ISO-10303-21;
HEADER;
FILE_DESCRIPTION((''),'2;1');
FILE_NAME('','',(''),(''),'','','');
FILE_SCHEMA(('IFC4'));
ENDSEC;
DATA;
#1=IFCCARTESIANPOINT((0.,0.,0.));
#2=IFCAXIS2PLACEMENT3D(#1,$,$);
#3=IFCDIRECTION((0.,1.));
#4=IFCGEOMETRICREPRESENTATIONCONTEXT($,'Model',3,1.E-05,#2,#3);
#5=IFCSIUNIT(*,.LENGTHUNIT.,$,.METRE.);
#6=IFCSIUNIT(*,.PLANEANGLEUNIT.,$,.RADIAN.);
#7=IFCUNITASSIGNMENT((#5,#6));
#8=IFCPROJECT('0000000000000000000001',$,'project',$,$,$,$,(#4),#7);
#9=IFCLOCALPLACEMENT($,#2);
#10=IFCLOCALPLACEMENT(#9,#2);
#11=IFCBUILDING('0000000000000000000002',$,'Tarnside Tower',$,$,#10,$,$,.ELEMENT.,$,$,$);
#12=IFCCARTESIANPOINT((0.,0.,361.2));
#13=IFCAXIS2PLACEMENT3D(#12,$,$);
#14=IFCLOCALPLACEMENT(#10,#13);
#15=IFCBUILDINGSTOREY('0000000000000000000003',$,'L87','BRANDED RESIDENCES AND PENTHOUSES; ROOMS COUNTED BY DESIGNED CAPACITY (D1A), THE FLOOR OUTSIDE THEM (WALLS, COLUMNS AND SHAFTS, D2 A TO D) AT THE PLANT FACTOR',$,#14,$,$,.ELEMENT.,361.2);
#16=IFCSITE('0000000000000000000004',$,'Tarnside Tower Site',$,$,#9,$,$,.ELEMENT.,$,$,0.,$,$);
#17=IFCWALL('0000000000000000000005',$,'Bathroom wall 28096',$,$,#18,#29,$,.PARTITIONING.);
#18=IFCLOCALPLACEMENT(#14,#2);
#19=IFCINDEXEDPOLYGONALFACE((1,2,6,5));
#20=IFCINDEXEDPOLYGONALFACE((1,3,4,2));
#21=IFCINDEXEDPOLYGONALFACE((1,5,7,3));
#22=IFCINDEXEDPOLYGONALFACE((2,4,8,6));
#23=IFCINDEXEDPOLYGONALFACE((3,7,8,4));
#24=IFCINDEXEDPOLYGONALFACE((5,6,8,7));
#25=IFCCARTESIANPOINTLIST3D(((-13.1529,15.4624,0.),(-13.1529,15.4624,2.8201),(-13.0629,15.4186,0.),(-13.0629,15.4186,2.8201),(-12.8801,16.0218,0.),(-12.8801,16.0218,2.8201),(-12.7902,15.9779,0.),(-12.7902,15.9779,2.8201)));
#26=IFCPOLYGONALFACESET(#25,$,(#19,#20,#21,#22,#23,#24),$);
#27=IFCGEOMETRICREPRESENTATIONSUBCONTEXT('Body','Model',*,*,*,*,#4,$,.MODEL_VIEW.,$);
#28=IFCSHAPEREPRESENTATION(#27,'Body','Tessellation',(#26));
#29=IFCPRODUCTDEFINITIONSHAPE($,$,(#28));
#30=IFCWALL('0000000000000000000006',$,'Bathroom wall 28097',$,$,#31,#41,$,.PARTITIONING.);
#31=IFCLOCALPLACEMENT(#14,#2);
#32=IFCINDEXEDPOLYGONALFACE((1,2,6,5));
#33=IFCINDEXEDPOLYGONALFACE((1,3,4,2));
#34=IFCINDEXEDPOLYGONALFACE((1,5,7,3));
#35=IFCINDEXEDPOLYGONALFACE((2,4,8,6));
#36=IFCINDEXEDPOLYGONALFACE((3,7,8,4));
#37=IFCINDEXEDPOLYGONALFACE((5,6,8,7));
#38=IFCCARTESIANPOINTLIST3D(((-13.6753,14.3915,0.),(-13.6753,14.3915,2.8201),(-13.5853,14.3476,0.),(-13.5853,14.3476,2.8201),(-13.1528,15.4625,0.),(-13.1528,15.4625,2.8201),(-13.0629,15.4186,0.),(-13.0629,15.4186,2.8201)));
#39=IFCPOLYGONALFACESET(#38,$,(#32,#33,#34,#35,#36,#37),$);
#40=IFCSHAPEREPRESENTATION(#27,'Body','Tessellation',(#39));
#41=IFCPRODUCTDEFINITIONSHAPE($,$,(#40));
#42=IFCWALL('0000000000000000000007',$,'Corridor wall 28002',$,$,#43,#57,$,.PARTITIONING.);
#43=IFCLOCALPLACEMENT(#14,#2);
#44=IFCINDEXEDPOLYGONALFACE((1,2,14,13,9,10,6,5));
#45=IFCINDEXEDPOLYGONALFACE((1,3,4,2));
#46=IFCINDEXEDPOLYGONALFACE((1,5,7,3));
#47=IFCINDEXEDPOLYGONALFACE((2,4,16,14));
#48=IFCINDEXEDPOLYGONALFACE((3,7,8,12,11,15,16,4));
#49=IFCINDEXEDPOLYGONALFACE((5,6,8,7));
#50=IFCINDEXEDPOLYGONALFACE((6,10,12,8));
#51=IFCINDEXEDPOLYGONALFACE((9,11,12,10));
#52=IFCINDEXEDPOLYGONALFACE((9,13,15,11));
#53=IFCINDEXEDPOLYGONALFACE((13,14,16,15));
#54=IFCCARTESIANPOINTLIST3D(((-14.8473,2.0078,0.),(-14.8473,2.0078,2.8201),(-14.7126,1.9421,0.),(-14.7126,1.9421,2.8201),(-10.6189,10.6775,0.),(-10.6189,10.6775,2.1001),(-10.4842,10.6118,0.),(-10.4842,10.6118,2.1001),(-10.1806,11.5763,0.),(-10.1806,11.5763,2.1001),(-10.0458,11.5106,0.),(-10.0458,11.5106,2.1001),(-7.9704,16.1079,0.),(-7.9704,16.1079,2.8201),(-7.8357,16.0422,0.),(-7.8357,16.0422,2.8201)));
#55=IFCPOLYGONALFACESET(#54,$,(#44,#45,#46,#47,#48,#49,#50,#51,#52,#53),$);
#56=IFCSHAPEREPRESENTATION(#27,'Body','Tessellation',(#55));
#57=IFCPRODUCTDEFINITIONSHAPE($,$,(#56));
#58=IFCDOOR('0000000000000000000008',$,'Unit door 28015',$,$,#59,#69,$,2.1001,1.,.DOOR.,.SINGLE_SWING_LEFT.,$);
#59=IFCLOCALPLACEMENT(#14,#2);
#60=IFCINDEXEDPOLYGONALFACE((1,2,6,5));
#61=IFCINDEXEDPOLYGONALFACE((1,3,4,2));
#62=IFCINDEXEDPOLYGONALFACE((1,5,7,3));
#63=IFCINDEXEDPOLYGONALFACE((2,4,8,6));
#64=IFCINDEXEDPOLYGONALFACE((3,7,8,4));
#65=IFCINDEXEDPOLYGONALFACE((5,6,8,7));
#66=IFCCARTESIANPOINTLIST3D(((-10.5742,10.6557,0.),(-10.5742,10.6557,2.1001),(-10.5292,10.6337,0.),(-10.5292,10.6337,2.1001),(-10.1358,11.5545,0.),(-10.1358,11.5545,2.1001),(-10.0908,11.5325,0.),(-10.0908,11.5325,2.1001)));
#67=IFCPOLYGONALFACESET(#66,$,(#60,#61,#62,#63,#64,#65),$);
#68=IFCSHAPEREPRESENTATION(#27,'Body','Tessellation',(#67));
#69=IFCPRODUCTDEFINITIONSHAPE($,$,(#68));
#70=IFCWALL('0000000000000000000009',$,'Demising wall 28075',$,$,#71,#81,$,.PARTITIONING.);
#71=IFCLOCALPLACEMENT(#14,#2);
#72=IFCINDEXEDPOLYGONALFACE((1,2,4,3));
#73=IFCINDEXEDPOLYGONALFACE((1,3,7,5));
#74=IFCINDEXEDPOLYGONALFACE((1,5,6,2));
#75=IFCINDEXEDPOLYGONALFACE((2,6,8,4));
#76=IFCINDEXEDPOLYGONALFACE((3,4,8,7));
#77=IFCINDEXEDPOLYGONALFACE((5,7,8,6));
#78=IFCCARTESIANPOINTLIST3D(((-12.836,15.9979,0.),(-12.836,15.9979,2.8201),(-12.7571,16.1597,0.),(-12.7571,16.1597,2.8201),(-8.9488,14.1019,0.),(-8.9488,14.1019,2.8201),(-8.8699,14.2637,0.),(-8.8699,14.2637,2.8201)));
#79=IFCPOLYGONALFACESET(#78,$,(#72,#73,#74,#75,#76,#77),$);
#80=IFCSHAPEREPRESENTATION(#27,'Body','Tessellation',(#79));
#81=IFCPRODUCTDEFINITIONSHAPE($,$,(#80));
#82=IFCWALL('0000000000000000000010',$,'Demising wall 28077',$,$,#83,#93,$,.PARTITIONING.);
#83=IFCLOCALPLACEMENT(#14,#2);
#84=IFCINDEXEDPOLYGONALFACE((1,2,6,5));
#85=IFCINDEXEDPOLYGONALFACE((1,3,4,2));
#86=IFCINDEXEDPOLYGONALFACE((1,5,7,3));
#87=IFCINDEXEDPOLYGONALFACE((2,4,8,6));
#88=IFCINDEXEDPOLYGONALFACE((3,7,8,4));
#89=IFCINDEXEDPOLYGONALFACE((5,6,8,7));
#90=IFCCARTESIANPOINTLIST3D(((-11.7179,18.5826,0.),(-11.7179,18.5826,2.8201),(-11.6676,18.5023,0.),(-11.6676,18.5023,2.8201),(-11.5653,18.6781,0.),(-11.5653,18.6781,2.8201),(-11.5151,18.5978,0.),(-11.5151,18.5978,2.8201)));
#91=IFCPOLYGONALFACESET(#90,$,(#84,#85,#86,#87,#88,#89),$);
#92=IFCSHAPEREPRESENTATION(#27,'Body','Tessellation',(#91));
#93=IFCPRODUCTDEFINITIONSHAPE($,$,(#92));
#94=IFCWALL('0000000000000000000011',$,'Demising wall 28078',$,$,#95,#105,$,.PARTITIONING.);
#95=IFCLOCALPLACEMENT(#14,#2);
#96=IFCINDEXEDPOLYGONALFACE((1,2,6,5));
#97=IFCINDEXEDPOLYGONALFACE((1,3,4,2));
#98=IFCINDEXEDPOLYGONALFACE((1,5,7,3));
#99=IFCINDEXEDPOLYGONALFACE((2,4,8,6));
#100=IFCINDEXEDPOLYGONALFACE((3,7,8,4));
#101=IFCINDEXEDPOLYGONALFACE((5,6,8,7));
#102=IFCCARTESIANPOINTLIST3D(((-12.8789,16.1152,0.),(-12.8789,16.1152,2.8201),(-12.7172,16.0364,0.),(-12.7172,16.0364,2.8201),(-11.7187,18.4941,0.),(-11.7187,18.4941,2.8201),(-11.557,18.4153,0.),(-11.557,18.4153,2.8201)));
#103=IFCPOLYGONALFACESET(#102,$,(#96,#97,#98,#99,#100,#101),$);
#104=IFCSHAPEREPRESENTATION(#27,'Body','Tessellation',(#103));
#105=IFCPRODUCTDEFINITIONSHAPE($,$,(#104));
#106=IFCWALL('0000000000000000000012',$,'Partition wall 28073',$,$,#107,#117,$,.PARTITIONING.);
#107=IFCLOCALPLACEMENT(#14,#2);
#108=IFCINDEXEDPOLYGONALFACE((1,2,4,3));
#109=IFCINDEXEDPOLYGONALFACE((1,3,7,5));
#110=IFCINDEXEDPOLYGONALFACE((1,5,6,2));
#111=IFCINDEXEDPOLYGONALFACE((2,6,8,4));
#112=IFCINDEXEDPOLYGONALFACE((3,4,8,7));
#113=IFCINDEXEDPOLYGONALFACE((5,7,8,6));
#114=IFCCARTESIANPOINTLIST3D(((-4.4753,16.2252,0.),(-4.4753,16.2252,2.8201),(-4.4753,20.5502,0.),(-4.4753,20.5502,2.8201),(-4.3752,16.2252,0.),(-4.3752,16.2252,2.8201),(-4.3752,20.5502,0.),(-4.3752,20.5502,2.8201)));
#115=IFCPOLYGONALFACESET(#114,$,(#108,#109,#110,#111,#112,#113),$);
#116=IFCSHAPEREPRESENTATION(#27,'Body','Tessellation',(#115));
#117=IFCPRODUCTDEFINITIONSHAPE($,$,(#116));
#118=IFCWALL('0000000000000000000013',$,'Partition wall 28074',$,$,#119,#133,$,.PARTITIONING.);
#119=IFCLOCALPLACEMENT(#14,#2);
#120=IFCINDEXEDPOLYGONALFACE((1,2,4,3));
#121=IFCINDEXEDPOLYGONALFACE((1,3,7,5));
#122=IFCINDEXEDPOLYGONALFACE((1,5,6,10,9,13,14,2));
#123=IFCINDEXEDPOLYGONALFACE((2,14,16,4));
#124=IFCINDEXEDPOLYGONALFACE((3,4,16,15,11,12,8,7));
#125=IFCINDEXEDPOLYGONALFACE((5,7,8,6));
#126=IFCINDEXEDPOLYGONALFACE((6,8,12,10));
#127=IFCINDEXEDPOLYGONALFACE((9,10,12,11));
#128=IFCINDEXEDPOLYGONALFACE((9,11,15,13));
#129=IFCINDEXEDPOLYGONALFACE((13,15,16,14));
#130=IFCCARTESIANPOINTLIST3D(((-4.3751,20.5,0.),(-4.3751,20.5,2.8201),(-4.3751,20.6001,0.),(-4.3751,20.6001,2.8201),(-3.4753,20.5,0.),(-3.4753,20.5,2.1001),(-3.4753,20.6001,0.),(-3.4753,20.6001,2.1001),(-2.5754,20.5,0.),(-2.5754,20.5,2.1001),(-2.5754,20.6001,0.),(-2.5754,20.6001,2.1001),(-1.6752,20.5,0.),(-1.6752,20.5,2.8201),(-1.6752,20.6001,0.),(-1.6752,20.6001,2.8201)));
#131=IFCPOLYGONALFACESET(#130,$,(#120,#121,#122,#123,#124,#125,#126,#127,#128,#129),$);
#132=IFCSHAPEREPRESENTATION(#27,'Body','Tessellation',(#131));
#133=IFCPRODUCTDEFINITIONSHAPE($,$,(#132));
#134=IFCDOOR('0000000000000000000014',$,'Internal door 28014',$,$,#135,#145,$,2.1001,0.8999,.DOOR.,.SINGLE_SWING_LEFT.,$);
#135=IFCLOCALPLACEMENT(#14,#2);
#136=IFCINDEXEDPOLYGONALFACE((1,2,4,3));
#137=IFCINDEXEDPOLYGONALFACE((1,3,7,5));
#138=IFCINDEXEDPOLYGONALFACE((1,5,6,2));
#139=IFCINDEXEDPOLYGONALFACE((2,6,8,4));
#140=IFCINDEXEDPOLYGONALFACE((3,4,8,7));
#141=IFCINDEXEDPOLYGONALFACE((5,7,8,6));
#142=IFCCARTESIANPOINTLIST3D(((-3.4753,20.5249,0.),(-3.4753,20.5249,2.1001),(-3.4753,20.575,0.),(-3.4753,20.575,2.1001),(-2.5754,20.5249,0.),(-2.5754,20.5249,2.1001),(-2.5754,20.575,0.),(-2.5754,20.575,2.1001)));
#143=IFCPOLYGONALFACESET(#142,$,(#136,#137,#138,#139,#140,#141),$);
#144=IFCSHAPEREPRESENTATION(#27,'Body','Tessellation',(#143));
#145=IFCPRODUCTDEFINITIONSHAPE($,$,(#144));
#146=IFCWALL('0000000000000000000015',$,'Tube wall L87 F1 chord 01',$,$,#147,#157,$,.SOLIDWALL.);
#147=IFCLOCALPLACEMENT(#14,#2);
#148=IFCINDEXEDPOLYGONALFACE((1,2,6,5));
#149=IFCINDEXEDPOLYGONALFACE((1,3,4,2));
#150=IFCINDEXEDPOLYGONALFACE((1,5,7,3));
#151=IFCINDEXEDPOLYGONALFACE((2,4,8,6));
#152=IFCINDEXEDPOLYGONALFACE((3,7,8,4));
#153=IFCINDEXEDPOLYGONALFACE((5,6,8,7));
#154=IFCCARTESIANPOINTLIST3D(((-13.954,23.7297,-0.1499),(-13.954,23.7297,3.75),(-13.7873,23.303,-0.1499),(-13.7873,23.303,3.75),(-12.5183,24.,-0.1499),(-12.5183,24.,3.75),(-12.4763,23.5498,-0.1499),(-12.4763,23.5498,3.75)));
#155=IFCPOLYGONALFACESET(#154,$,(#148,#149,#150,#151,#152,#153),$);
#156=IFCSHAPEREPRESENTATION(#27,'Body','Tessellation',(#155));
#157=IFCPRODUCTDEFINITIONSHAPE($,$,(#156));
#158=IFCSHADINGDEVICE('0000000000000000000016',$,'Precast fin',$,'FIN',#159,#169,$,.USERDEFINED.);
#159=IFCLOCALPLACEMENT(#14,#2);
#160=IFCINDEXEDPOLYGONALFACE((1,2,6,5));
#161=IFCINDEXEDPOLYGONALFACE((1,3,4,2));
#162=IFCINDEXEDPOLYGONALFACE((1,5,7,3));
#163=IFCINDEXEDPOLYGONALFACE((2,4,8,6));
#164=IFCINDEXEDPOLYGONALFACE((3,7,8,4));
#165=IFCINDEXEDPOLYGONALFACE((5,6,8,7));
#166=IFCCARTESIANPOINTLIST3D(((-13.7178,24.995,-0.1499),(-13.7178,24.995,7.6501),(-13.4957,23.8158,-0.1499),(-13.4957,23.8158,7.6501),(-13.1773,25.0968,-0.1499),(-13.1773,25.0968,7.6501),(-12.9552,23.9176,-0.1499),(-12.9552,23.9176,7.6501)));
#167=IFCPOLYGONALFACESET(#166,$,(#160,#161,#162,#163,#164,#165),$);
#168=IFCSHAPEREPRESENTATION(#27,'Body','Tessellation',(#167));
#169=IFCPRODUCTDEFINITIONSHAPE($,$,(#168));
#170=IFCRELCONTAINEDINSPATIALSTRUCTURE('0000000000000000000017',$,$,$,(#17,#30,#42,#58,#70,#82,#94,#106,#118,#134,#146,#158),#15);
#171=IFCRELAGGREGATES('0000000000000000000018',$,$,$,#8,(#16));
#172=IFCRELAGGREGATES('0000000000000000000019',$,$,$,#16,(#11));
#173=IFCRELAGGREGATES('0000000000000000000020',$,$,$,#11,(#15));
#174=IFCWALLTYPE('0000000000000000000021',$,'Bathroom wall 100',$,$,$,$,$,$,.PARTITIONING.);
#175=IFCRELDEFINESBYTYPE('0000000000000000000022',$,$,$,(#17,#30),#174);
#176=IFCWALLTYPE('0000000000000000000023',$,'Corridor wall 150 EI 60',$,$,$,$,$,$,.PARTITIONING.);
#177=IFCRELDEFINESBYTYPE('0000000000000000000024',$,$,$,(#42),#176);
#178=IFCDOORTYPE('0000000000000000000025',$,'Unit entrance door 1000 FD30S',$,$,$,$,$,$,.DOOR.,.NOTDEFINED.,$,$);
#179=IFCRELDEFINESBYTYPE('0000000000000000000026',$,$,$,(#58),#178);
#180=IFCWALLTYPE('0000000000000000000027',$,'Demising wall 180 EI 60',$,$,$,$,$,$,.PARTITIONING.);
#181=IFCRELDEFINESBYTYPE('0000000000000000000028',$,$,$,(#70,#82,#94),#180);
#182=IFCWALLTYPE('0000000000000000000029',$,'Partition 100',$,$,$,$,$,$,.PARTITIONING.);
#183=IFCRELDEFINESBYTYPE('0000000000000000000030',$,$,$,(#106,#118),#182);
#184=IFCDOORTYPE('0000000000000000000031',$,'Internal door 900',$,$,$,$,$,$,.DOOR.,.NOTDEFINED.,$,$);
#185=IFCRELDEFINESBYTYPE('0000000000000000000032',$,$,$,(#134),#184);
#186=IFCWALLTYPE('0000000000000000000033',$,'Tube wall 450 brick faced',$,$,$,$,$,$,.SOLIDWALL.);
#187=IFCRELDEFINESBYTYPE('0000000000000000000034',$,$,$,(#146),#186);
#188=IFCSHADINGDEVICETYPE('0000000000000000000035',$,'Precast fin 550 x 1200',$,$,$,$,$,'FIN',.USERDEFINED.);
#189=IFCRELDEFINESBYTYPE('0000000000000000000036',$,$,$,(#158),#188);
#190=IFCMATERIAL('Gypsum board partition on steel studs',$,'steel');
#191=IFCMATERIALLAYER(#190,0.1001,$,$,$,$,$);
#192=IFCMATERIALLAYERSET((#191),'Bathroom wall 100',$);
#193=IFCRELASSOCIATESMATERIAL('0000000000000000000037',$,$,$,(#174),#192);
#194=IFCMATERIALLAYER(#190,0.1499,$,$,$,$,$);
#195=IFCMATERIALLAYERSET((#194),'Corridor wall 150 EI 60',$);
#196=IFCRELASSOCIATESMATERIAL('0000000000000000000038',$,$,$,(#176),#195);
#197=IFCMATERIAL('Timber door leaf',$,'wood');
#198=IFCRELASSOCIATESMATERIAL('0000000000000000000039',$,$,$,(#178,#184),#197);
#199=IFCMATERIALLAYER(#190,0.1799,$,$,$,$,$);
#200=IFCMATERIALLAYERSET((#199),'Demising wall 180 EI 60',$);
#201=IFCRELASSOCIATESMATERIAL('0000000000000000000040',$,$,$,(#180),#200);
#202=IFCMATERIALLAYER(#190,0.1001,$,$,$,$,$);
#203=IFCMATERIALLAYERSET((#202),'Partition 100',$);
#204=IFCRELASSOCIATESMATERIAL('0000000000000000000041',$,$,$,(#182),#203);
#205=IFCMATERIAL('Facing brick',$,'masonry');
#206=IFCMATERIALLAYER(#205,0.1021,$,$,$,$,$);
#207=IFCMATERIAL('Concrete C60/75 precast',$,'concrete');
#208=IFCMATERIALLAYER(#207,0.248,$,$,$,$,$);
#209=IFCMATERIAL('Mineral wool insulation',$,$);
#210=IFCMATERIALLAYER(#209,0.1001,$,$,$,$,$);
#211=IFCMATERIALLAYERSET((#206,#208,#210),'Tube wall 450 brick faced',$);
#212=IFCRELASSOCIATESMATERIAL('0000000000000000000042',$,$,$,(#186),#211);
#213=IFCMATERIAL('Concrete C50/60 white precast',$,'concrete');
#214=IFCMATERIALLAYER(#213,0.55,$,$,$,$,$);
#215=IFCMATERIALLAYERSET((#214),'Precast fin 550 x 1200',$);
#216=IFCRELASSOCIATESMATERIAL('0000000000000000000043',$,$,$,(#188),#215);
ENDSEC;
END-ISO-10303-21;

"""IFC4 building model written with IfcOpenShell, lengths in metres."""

from ifc_helpers import new_model, si_unit, direction, frame, frame_2d, origin, place, context, subcontext, project, spatial, polyline, rectangle, outline, extrude, material, layer, layer_set, type_object, element, fill, save


model = new_model("IFC4")

# Units and contexts
model_context = context("Model", 3, precision=1e-05, world=origin(), true_north=direction((0.0, 1.0)))
body_context = subcontext(model_context, "Body", "Model", "MODEL_VIEW")
ifc_project = project(units=[si_unit("LENGTHUNIT", "METRE"), si_unit("PLANEANGLEUNIT", "RADIAN")], contexts=[model_context])

# Site, building, storey
site_placement = place(None, origin())
site = spatial("IfcSite", under=ifc_project, at=site_placement, Name="Tarnside Tower Site", CompositionType="ELEMENT", RefElevation=0.0)
building_placement = place(site_placement, origin())
building = spatial("IfcBuilding", under=site, at=building_placement, Name="Tarnside Tower", CompositionType="ELEMENT")
storey_placement = place(building_placement, frame((0.0, 0.0, 361.2)))
storey = spatial("IfcBuildingStorey", under=building, at=storey_placement, Name="L87", Description="BRANDED RESIDENCES AND PENTHOUSES; ROOMS COUNTED BY DESIGNED CAPACITY (D1A), THE FLOOR OUTSIDE THEM (WALLS, COLUMNS AND SHAFTS, D2 A TO D) AT THE PLANT FACTOR", CompositionType="ELEMENT", Elevation=361.2)

# Walls
ifc_material_1 = material(Name="Gypsum board partition on steel studs", Category="steel")
ifc_layer_1 = layer(ifc_material_1, 0.1001)
ifc_layer_set_1 = layer_set([ifc_layer_1], Name="Bathroom wall 100")
wall_type_1 = type_object("IfcWallType", Name="Bathroom wall 100", PredefinedType="PARTITIONING", material=ifc_layer_set_1)
wall_1_placement = place(storey_placement, frame((-12.8352, 15.9998, 0.0), z_axis=(0.0, 0.0, 1.0), x_axis=(-0.438246, -0.898855, 0.0)))
element("IfcWall", 1, at=wall_1_placement, inside=storey, type_object=wall_type_1, Name="Bathroom wall 28096", PredefinedType="PARTITIONING", context=body_context, shape_type="SweptSolid", body=[
    extrude(rectangle(XDim=0.6223, YDim=0.1001, at=frame_2d((0.311, 0.0))), origin(), (0.0, 0.0, 1.0), 2.8201),
])
wall_2_placement = place(storey_placement, frame((-13.1079, 15.4404, 0.0), z_axis=(0.0, 0.0, 1.0), x_axis=(-0.438424, -0.898768, 0.0)))
element("IfcWall", 2, at=wall_2_placement, inside=storey, type_object=wall_type_1, Name="Bathroom wall 28097", PredefinedType="PARTITIONING", context=body_context, shape_type="SweptSolid", body=[
    extrude(rectangle(XDim=1.1917, YDim=0.1001, at=frame_2d((0.5957, 0.0))), origin(), (0.0, 0.0, 1.0), 2.8201),
])

# Wall, opening, door
ifc_layer_2 = layer(ifc_material_1, 0.1499)
ifc_layer_set_2 = layer_set([ifc_layer_2], Name="Corridor wall 150 EI 60")
wall_type_2 = type_object("IfcWallType", Name="Corridor wall 150 EI 60", PredefinedType="PARTITIONING", material=ifc_layer_set_2)
wall_3_placement = place(storey_placement, frame((-7.9031, 16.075, 0.0), z_axis=(0.0, 0.0, 1.0), x_axis=(-0.438365, -0.898797, 0.0)))
wall_3 = element("IfcWall", 3, at=wall_3_placement, inside=storey, type_object=wall_type_2, Name="Corridor wall 28002", PredefinedType="PARTITIONING", context=body_context, shape_type="SweptSolid", body=[
    extrude(rectangle(XDim=15.6877, YDim=0.1499, at=frame_2d((7.8438, 0.0))), origin(), (0.0, 0.0, 1.0), 2.8201),
])
opening_1_placement = place(wall_3_placement, frame((5.0417, 0.0, 0.0)))
opening_1 = element("IfcOpeningElement", 4, at=opening_1_placement, cuts=wall_3, PredefinedType="OPENING", context=body_context, shape_type="SweptSolid", body=[
    extrude(rectangle(XDim=1.0, YDim=2.1001, at=frame_2d((0.5, 1.05))), frame((0.0, 0.085, 0.0), z_axis=(0.0, -1.0, 0.0), x_axis=(1.0, 0.0, 0.0)), (0.0, 0.0, 1.0), 0.1699),
])
ifc_material_2 = material(Name="Timber door leaf", Category="wood")
door_type_1 = type_object("IfcDoorType", Name="Unit entrance door 1000 FD30S", OperationType="NOTDEFINED", PredefinedType="DOOR", material=ifc_material_2)
door_1_placement = place(opening_1_placement, origin())
door_1 = element("IfcDoor", 5, at=door_1_placement, inside=storey, type_object=door_type_1, Name="Unit door 28015", OperationType="SINGLE_SWING_LEFT", OverallHeight=2.1001, OverallWidth=1.0, PredefinedType="DOOR", context=body_context, shape_type="SweptSolid", body=[
    extrude(rectangle(XDim=1.0, YDim=2.1001, at=frame_2d((0.5, 1.05))), frame((0.0, 0.0249, 0.0), z_axis=(0.0, -1.0, 0.0), x_axis=(1.0, 0.0, 0.0)), (0.0, 0.0, 1.0), 0.05),
])
fill(opening_1, door_1)

# Walls
ifc_layer_3 = layer(ifc_material_1, 0.1799)
ifc_layer_set_3 = layer_set([ifc_layer_3], Name="Demising wall 180 EI 60")
wall_type_3 = type_object("IfcWallType", Name="Demising wall 180 EI 60", PredefinedType="PARTITIONING", material=ifc_layer_set_3)
wall_4_placement = place(storey_placement, frame((-12.7966, 16.0789, 0.0), z_axis=(0.0, 0.0, 1.0), x_axis=(0.898787, -0.438386, 0.0)))
element("IfcWall", 6, at=wall_4_placement, inside=storey, type_object=wall_type_3, Name="Demising wall 28075", PredefinedType="PARTITIONING", context=body_context, shape_type="SweptSolid", body=[
    extrude(rectangle(XDim=4.325, YDim=0.1799, at=frame_2d((2.1626, 0.0))), origin(), (0.0, 0.0, 1.0), 2.8201),
])
wall_5_placement = place(storey_placement, frame((-11.6416, 18.6304, 0.0), z_axis=(0.0, 0.0, 1.0), x_axis=(0.530693, -0.847564, 0.0)))
element("IfcWall", 7, at=wall_5_placement, inside=storey, type_object=wall_type_3, Name="Demising wall 28077", PredefinedType="PARTITIONING", context=body_context, shape_type="SweptSolid", body=[
    extrude(rectangle(XDim=0.0947, YDim=0.1799, at=frame_2d((0.0474, 0.0))), origin(), (0.0, 0.0, 1.0), 2.8201),
])
wall_6_placement = place(storey_placement, frame((-11.6379, 18.4546, 0.0), z_axis=(0.0, 0.0, 1.0), x_axis=(-0.438336, -0.898811, 0.0)))
element("IfcWall", 8, at=wall_6_placement, inside=storey, type_object=wall_type_3, Name="Demising wall 28078", PredefinedType="PARTITIONING", context=body_context, shape_type="SweptSolid", body=[
    extrude(rectangle(XDim=2.6467, YDim=0.1799, at=frame_2d((1.3232, 0.0))), origin(), (0.0, 0.0, 1.0), 2.8201),
])
ifc_layer_4 = layer(ifc_material_1, 0.1001)
ifc_layer_set_4 = layer_set([ifc_layer_4], Name="Partition 100")
wall_type_4 = type_object("IfcWallType", Name="Partition 100", PredefinedType="PARTITIONING", material=ifc_layer_set_4)
wall_7_placement = place(storey_placement, frame((-4.4253, 16.2251, 0.0), z_axis=(0.0, 0.0, 1.0), x_axis=(0.0, 1.0, 0.0)))
element("IfcWall", 9, at=wall_7_placement, inside=storey, type_object=wall_type_4, Name="Partition wall 28073", PredefinedType="PARTITIONING", context=body_context, shape_type="SweptSolid", body=[
    extrude(rectangle(XDim=4.325, YDim=0.1001, at=frame_2d((2.1626, 0.0))), origin(), (0.0, 0.0, 1.0), 2.8201),
])

# Wall, opening, door
wall_8_placement = place(storey_placement, frame((-4.3752, 20.55, 0.0), z_axis=(0.0, 0.0, 1.0), x_axis=(1.0, 0.0, 0.0)))
wall_8 = element("IfcWall", 10, at=wall_8_placement, inside=storey, type_object=wall_type_4, Name="Partition wall 28074", PredefinedType="PARTITIONING", context=body_context, shape_type="SweptSolid", body=[
    extrude(rectangle(XDim=2.7, YDim=0.1001, at=frame_2d((1.3501, 0.0))), origin(), (0.0, 0.0, 1.0), 2.8201),
])
opening_2_placement = place(wall_8_placement, frame((0.8999, 0.0, 0.0)))
opening_2 = element("IfcOpeningElement", 11, at=opening_2_placement, cuts=wall_8, PredefinedType="OPENING", context=body_context, shape_type="SweptSolid", body=[
    extrude(rectangle(XDim=0.8999, YDim=2.1001, at=frame_2d((0.45, 1.05))), frame((0.0, 0.0601, 0.0), z_axis=(0.0, -1.0, 0.0), x_axis=(1.0, 0.0, 0.0)), (0.0, 0.0, 1.0), 0.1201),
])
door_type_2 = type_object("IfcDoorType", Name="Internal door 900", OperationType="NOTDEFINED", PredefinedType="DOOR", material=ifc_material_2)
door_2_placement = place(opening_2_placement, origin())
door_2 = element("IfcDoor", 12, at=door_2_placement, inside=storey, type_object=door_type_2, Name="Internal door 28014", OperationType="SINGLE_SWING_LEFT", OverallHeight=2.1001, OverallWidth=0.8999, PredefinedType="DOOR", context=body_context, shape_type="SweptSolid", body=[
    extrude(rectangle(XDim=0.8999, YDim=2.1001, at=frame_2d((0.45, 1.05))), frame((0.0, 0.0249, 0.0), z_axis=(0.0, -1.0, 0.0), x_axis=(1.0, 0.0, 0.0)), (0.0, 0.0, 1.0), 0.05),
])
fill(opening_2, door_2)

# Wall
ifc_material_3 = material(Name="Facing brick", Category="masonry")
ifc_layer_5 = layer(ifc_material_3, 0.1021)
ifc_material_4 = material(Name="Concrete C60/75 precast", Category="concrete")
ifc_layer_6 = layer(ifc_material_4, 0.248)
ifc_material_5 = material(Name="Mineral wool insulation")
ifc_layer_7 = layer(ifc_material_5, 0.1001)
ifc_layer_set_5 = layer_set([ifc_layer_5, ifc_layer_6, ifc_layer_7], Name="Tube wall 450 brick faced")
wall_type_5 = type_object("IfcWallType", Name="Tube wall 450 brick faced", PredefinedType="SOLIDWALL", material=ifc_layer_set_5)
wall_9_placement = place(storey_placement, frame((-12.4973, 23.7749, -0.1499), z_axis=(0.0, 0.0, 1.0), x_axis=(-0.982735, -0.185016, 0.0)))
element("IfcWall", 13, at=wall_9_placement, inside=storey, type_object=wall_type_5, Name="Tube wall L87 F1 chord 01", PredefinedType="SOLIDWALL", context=body_context, shape_type="SweptSolid", body=[
    extrude(outline(polyline([(-0.021, -0.2251), (1.4399, -0.2251), (1.355, 0.2251), (0.021, 0.2251), (-0.021, -0.2251)])), origin(), (0.0, 0.0, 1.0), 3.8999),
])

# Shading device
ifc_material_6 = material(Name="Concrete C50/60 white precast", Category="concrete")
ifc_layer_8 = layer(ifc_material_6, 0.55)
ifc_layer_set_6 = layer_set([ifc_layer_8], Name="Precast fin 550 x 1200")
shading_device_type_1 = type_object("IfcShadingDeviceType", Name="Precast fin 550 x 1200", ElementType="FIN", PredefinedType="USERDEFINED", material=ifc_layer_set_6)
shading_device_placement = place(storey_placement, frame((-13.2256, 23.8667, -0.1499), z_axis=(0.982721, 0.185095, 0.0), x_axis=(-0.185095, 0.982721, 0.0)))
element("IfcShadingDevice", 14, at=shading_device_placement, inside=storey, type_object=shading_device_type_1, Name="Precast fin", ObjectType="FIN", PredefinedType="USERDEFINED", context=body_context, shape_type="SweptSolid", body=[
    extrude(outline(polyline([(0.0, 0.0), (1.2, 0.0), (1.2, 7.8), (0.0, 7.8), (0.0, 0.0)])), frame((0.0, 0.0, -0.2749)), (0.0, 0.0, 1.0), 0.55),
])

save(model, "model.ifc")
